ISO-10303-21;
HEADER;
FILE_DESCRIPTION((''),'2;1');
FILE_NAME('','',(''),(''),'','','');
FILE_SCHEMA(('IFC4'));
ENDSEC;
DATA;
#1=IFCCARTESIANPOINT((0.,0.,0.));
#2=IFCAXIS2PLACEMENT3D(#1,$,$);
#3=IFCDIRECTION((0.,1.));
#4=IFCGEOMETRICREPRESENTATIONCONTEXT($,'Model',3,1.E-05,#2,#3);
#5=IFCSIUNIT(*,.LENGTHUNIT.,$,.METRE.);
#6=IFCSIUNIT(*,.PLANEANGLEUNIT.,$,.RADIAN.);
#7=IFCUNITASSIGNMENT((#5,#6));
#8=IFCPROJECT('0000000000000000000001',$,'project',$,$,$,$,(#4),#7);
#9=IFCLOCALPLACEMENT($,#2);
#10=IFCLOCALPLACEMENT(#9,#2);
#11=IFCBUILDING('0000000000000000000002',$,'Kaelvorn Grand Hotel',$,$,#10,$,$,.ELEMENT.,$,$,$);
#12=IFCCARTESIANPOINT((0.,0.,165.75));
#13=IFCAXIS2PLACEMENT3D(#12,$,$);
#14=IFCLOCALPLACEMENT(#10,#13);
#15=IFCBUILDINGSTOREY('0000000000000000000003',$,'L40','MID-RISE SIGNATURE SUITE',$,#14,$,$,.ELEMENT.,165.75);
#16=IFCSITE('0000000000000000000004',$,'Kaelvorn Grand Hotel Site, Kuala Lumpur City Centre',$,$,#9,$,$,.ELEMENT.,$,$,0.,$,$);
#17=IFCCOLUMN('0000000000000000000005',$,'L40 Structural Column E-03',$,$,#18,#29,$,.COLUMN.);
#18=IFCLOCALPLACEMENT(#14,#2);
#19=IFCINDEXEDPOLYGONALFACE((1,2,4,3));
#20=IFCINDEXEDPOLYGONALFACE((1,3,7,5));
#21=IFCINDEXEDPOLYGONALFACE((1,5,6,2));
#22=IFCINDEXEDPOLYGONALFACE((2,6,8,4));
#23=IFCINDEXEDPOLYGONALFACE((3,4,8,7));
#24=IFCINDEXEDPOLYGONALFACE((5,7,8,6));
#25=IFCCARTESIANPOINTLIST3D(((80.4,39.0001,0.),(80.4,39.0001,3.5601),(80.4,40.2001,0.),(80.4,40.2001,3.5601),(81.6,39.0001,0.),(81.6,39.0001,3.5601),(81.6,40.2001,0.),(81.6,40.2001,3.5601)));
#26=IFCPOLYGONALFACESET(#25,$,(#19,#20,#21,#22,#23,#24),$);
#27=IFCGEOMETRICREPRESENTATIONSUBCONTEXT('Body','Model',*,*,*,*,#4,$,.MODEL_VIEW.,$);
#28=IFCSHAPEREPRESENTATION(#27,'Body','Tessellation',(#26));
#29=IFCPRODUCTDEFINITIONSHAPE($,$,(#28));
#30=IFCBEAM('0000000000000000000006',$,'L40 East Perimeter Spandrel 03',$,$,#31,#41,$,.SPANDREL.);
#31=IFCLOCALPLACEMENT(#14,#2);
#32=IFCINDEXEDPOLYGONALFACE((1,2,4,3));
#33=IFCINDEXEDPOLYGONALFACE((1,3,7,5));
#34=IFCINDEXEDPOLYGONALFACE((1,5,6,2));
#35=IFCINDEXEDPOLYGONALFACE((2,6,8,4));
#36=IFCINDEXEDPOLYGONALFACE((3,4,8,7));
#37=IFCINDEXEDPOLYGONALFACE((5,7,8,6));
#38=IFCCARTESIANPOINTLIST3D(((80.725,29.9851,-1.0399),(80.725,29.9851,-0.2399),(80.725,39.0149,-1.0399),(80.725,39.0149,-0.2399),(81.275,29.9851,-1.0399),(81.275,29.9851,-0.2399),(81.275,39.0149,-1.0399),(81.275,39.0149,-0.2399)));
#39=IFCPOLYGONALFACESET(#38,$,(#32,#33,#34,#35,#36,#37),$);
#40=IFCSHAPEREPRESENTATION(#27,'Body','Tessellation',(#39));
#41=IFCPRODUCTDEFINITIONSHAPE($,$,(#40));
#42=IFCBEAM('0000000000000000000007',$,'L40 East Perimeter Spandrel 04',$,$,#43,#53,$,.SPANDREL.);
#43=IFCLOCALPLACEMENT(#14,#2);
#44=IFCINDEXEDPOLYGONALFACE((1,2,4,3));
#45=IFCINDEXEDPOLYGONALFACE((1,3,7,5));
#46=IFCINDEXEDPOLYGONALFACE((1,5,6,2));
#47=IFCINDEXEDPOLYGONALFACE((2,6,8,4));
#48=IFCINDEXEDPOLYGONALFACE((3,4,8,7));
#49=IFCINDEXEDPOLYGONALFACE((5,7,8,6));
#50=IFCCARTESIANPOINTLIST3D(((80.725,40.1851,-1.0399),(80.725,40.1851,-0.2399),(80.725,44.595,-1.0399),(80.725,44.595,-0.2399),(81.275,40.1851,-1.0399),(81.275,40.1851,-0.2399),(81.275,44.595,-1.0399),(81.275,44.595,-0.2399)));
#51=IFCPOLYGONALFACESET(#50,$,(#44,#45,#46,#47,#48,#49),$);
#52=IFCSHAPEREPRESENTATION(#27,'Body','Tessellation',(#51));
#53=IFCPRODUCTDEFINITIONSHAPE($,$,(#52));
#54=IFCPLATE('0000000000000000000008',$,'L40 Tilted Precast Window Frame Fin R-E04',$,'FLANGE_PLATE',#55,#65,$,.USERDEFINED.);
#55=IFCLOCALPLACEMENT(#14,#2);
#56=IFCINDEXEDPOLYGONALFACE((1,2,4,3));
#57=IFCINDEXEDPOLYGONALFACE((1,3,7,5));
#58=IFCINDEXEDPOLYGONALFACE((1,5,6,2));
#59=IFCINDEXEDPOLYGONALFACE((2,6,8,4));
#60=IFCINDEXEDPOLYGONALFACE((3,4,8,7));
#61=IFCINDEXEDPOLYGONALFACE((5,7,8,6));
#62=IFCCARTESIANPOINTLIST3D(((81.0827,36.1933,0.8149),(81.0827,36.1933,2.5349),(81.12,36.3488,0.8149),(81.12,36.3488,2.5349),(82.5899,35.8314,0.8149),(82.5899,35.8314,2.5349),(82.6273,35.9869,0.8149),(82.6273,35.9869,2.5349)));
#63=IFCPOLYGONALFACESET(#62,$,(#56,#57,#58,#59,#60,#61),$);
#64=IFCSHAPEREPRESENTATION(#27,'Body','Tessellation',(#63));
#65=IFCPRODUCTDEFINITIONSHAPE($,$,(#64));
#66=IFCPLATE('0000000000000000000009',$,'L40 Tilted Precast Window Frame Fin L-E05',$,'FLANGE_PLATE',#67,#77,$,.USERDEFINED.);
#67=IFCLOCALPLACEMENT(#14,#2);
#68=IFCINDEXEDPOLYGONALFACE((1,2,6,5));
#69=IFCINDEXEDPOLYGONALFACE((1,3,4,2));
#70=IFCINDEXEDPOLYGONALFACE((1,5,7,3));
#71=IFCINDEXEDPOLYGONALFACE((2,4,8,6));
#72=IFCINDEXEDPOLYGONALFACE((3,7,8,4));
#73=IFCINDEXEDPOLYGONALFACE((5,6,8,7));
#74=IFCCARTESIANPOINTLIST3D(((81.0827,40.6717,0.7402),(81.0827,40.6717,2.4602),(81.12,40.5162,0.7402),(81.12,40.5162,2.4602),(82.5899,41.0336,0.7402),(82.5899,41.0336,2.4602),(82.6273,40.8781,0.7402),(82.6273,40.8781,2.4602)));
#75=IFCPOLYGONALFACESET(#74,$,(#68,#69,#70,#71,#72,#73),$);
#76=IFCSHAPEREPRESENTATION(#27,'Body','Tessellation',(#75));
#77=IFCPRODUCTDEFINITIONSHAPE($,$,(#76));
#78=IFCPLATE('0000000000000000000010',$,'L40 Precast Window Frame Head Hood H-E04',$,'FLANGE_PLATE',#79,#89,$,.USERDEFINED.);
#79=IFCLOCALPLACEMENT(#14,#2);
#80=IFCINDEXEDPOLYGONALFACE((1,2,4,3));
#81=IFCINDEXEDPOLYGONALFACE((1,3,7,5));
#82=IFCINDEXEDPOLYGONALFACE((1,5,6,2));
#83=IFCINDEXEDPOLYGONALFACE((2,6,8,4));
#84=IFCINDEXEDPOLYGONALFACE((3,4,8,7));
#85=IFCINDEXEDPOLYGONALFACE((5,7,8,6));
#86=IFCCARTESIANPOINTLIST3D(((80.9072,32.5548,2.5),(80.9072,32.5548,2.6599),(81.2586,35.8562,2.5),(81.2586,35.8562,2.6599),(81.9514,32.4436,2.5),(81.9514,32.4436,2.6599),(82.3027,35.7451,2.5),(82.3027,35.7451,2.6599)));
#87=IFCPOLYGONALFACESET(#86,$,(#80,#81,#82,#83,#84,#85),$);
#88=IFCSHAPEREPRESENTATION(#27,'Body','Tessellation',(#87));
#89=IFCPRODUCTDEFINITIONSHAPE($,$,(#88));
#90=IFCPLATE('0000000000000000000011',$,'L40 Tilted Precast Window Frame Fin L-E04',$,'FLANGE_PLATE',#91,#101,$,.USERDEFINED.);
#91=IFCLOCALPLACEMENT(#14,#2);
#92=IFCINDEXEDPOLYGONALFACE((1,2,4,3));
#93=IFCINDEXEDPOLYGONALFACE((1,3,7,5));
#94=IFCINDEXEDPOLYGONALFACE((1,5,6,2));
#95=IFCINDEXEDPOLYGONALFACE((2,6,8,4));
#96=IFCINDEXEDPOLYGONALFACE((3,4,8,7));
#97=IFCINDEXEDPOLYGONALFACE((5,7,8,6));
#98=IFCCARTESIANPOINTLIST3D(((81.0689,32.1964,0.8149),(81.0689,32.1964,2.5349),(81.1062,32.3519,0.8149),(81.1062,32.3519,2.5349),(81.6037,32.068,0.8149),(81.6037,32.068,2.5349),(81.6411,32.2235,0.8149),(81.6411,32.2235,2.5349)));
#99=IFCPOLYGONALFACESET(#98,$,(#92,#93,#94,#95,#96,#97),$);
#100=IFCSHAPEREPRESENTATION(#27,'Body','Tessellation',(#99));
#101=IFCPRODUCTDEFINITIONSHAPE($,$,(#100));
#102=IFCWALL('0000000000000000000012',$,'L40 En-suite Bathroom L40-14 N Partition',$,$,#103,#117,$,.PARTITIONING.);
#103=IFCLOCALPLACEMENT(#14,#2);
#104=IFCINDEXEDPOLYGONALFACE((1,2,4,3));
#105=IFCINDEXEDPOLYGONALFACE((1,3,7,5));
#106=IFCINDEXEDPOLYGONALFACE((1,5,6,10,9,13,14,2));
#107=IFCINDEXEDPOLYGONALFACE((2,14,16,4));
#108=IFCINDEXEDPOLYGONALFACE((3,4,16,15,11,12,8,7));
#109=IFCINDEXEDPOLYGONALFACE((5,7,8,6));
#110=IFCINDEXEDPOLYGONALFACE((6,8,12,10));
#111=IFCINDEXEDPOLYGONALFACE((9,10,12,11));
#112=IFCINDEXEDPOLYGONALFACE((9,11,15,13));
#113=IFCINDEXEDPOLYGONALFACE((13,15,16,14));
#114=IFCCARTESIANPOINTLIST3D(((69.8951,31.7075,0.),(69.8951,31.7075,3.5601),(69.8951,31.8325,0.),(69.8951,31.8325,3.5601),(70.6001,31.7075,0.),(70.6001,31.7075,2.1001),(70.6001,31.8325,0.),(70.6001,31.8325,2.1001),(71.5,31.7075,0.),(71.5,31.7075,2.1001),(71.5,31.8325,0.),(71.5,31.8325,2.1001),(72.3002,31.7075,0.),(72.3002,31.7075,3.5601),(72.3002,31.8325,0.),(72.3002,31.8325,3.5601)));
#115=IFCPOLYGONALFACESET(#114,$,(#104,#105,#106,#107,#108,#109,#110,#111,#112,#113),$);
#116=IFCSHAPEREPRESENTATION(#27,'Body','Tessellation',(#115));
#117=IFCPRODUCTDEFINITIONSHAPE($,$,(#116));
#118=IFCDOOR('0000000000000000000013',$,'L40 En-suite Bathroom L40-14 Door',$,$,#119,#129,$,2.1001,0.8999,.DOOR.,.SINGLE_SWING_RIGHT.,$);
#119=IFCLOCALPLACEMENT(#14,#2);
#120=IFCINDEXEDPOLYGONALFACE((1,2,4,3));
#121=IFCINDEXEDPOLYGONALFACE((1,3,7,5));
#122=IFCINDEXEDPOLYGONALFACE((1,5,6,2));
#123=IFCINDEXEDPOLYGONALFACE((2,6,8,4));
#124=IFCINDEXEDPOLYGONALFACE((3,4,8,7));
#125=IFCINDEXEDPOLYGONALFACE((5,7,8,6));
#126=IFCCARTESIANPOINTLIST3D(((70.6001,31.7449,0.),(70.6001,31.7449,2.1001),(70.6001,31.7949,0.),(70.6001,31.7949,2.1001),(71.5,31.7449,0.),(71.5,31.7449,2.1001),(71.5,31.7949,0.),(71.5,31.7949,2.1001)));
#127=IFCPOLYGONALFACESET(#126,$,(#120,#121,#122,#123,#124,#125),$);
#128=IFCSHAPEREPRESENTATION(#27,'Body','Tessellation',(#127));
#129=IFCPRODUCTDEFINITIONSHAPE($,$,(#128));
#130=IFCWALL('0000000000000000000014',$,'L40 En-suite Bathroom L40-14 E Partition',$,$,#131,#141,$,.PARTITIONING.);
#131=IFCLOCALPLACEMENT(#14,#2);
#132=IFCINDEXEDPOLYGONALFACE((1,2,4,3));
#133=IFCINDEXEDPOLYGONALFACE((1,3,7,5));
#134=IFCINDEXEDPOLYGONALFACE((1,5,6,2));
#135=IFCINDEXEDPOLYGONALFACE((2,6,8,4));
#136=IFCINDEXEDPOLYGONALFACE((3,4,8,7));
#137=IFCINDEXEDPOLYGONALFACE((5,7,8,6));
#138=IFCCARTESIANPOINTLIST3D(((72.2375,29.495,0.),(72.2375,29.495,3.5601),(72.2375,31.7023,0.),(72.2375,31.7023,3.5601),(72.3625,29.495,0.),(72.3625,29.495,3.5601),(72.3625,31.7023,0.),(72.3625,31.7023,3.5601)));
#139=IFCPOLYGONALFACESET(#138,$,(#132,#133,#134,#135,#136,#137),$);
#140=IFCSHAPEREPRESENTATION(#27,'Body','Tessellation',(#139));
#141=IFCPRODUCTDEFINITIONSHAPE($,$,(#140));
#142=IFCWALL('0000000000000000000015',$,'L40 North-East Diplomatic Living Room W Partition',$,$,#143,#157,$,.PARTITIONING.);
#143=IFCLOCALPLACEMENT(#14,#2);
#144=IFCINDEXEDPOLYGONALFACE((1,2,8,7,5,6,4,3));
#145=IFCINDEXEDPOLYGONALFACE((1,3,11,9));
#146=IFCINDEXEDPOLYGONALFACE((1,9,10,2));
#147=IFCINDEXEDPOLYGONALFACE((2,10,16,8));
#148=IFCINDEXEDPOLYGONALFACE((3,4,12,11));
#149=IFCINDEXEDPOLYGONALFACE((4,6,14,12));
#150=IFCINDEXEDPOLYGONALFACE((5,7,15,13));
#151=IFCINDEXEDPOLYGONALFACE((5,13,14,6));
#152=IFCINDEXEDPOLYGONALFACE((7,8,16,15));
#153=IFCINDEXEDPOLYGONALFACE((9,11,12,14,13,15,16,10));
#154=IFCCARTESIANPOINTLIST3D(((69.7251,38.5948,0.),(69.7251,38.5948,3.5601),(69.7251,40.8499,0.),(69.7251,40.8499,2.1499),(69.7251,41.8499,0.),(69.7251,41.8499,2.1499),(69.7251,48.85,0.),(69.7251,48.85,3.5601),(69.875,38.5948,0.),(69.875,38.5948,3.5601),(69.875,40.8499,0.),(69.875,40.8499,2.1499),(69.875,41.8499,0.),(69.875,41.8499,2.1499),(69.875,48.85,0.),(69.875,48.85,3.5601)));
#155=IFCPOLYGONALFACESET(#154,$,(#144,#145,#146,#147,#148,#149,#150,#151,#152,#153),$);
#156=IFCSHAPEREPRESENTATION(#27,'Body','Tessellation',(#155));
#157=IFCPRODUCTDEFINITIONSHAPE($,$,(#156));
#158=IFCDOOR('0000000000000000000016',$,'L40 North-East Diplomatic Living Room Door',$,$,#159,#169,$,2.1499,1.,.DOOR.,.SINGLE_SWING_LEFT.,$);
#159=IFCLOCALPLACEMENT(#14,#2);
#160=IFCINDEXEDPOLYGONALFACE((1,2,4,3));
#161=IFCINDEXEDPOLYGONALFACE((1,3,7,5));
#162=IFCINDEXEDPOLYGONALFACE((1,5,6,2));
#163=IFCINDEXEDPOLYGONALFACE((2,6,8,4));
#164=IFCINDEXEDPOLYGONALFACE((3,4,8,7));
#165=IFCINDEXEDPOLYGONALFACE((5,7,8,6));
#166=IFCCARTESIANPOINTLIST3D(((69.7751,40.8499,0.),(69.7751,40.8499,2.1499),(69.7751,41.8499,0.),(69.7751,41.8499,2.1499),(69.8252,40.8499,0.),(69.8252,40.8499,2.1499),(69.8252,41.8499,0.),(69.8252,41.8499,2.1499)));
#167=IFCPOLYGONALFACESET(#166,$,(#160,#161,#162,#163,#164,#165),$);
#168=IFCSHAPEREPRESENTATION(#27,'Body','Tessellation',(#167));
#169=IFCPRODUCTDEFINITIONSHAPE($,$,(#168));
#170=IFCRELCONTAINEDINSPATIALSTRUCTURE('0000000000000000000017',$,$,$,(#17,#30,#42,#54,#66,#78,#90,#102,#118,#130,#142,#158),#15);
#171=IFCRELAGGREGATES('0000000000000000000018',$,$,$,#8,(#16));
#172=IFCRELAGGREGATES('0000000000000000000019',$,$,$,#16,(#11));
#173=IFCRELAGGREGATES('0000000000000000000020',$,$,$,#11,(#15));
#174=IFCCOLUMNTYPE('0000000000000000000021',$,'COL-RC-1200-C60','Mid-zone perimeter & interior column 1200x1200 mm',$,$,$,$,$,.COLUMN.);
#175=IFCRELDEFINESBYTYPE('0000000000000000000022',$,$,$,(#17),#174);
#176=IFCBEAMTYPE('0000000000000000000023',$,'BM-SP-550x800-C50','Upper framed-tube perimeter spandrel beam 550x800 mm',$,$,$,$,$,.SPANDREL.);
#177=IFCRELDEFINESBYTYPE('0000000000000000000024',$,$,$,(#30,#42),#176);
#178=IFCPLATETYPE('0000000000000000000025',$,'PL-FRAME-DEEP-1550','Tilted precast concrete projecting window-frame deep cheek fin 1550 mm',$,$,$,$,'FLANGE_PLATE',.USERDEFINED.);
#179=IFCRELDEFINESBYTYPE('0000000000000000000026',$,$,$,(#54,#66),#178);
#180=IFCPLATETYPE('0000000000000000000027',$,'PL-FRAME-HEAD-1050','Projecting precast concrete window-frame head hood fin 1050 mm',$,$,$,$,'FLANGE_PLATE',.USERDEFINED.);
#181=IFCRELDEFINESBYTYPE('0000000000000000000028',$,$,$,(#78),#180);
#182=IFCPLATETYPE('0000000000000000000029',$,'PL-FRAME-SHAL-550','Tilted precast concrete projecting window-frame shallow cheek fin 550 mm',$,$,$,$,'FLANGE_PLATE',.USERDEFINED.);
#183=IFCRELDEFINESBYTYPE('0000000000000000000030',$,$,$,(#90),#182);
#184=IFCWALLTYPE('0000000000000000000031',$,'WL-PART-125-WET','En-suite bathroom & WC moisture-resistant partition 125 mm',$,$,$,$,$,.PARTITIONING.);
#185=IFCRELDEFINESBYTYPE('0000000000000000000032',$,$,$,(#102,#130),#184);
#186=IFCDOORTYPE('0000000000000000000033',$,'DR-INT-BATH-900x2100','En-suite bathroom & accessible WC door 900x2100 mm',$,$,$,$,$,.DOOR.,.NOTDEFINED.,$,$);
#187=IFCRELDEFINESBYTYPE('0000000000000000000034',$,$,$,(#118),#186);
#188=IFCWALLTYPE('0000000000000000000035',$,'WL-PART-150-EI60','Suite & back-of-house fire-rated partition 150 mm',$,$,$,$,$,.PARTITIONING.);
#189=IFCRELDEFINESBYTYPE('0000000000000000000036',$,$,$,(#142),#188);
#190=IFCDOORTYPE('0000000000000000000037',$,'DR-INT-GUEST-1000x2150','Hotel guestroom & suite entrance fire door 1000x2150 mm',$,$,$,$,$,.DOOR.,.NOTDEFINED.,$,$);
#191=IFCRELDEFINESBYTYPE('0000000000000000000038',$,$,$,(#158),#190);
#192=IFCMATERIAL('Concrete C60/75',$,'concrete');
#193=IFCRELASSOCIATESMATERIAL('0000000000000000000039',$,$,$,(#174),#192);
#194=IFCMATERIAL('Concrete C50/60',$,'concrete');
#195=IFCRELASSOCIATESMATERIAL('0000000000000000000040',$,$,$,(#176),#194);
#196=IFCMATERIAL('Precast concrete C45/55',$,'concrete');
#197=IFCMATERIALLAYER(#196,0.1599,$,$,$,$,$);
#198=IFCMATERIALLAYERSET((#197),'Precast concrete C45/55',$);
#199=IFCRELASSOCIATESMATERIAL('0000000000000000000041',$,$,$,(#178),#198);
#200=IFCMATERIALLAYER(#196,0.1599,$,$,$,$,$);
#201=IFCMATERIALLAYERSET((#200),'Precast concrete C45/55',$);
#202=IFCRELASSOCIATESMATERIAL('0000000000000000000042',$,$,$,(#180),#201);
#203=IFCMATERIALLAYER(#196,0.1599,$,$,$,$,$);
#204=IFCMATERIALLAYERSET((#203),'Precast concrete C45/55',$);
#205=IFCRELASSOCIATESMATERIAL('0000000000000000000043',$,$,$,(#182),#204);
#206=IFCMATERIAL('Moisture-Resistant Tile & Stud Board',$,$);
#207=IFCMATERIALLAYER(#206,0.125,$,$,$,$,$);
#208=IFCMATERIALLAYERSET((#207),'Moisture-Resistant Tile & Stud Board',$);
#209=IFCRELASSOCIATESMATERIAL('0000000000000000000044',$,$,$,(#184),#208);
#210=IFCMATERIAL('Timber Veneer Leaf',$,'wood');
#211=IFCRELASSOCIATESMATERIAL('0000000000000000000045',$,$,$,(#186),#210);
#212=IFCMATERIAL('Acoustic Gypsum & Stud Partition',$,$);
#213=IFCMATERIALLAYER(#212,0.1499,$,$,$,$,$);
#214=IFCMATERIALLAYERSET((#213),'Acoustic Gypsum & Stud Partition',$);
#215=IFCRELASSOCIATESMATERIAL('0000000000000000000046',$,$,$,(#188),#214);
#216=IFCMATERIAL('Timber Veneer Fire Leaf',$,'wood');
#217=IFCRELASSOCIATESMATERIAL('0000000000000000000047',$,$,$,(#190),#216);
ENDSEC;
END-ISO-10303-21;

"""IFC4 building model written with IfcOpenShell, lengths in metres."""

from ifc_helpers import new_model, si_unit, direction, frame, frame_2d, origin, origin_2d, place, context, subcontext, project, spatial, rectangle, extrude, material, layer, layer_set, material_profile, profile_set, type_object, element, fill, save


model = new_model("IFC4")

# Units and contexts
model_context = context("Model", 3, precision=1e-05, world=origin(), true_north=direction((0.0, 1.0)))
body_context = subcontext(model_context, "Body", "Model", "MODEL_VIEW")
ifc_project = project(units=[si_unit("LENGTHUNIT", "METRE"), si_unit("PLANEANGLEUNIT", "RADIAN")], contexts=[model_context])

# Site, building, storey
site_placement = place(None, origin())
site = spatial("IfcSite", under=ifc_project, at=site_placement, Name="Kaelvorn Grand Hotel Site, Kuala Lumpur City Centre", CompositionType="ELEMENT", RefElevation=0.0)
building_placement = place(site_placement, origin())
building = spatial("IfcBuilding", under=site, at=building_placement, Name="Kaelvorn Grand Hotel", CompositionType="ELEMENT")
storey_placement = place(building_placement, frame((0.0, 0.0, 165.75)))
storey = spatial("IfcBuildingStorey", under=building, at=storey_placement, Name="L40", Description="MID-RISE SIGNATURE SUITE", CompositionType="ELEMENT", Elevation=165.75)

# Column
ifc_material_1 = material(Name="Concrete C60/75", Category="concrete")
ifc_material_profile_1 = material_profile(ifc_material_1, rectangle(XDim=1.2, YDim=1.2, at=origin_2d()), Name="RC COL 1200x1200")
ifc_profile_set_1 = profile_set([ifc_material_profile_1], Name="Concrete C60/75")
column_type = type_object("IfcColumnType", Name="COL-RC-1200-C60", Description="Mid-zone perimeter & interior column 1200x1200 mm", PredefinedType="COLUMN", material=ifc_profile_set_1)
column_placement = place(storey_placement, frame((81.0, 39.6001, 0.0), z_axis=(0.0, 0.0, 1.0), x_axis=(1.0, 0.0, 0.0)))
element("IfcColumn", 1, at=column_placement, inside=storey, type_object=column_type, Name="L40 Structural Column E-03", PredefinedType="COLUMN", context=body_context, shape_type="SweptSolid", body=[
    extrude(rectangle(XDim=1.2, YDim=1.2, at=origin_2d()), origin(), (0.0, 0.0, 1.0), 3.5601),
])

# Beams
ifc_material_2 = material(Name="Concrete C50/60", Category="concrete")
ifc_material_profile_2 = material_profile(ifc_material_2, rectangle(XDim=0.55, YDim=0.8, at=origin_2d()), Name="RC SPANDREL 550x800")
ifc_profile_set_2 = profile_set([ifc_material_profile_2], Name="Concrete C50/60")
beam_type = type_object("IfcBeamType", Name="BM-SP-550x800-C50", Description="Upper framed-tube perimeter spandrel beam 550x800 mm", PredefinedType="SPANDREL", material=ifc_profile_set_2)
beam_1_placement = place(storey_placement, frame((81.0, 29.9851, -0.6399), z_axis=(0.0, 1.0, 0.0), x_axis=(-1.0, 0.0, 0.0)))
element("IfcBeam", 2, at=beam_1_placement, inside=storey, type_object=beam_type, Name="L40 East Perimeter Spandrel 03", PredefinedType="SPANDREL", context=body_context, shape_type="SweptSolid", body=[
    extrude(rectangle(XDim=0.55, YDim=0.8, at=origin_2d()), origin(), (0.0, 0.0, 1.0), 9.0298),
])
beam_2_placement = place(storey_placement, frame((81.0, 40.1851, -0.6399), z_axis=(0.0, 1.0, 0.0), x_axis=(-1.0, 0.0, 0.0)))
element("IfcBeam", 3, at=beam_2_placement, inside=storey, type_object=beam_type, Name="L40 East Perimeter Spandrel 04", PredefinedType="SPANDREL", context=body_context, shape_type="SweptSolid", body=[
    extrude(rectangle(XDim=0.55, YDim=0.8, at=origin_2d()), origin(), (0.0, 0.0, 1.0), 4.4099),
])

# Plates
ifc_material_3 = material(Name="Precast concrete C45/55", Category="concrete")
ifc_layer_1 = layer(ifc_material_3, 0.1599)
ifc_layer_set_1 = layer_set([ifc_layer_1], Name="Precast concrete C45/55")
plate_type_1 = type_object("IfcPlateType", Name="PL-FRAME-DEEP-1550", Description="Tilted precast concrete projecting window-frame deep cheek fin 1550 mm", ElementType="FLANGE_PLATE", PredefinedType="USERDEFINED", material=ifc_layer_set_1)
for number, where, z_axis, x_axis, name in (
    (4, (81.855, 36.0901, 0.8149), (0.0, 0.0, 1.0), (0.233445, 0.97237, 0.0), "L40 Tilted Precast Window Frame Fin R-E04"),
    (5, (81.855, 40.7749, 0.7402), (0.0, 0.0, 1.0), (-0.233445, 0.97237, 0.0), "L40 Tilted Precast Window Frame Fin L-E05"),
):
    element("IfcPlate", number, at=place(storey_placement, frame(where, z_axis=z_axis, x_axis=x_axis)), inside=storey, type_object=plate_type_1, Name=name, ObjectType="FLANGE_PLATE", PredefinedType="USERDEFINED", context=body_context, shape_type="SweptSolid", body=[
        extrude(rectangle(XDim=0.1599, YDim=1.55, at=origin_2d()), origin(), (0.0, 0.0, 1.0), 1.72),
    ])
ifc_layer_2 = layer(ifc_material_3, 0.1599)
ifc_layer_set_2 = layer_set([ifc_layer_2], Name="Precast concrete C45/55")
plate_type_2 = type_object("IfcPlateType", Name="PL-FRAME-HEAD-1050", Description="Projecting precast concrete window-frame head hood fin 1050 mm", ElementType="FLANGE_PLATE", PredefinedType="USERDEFINED", material=ifc_layer_set_2)
plate_1_placement = place(storey_placement, frame((81.605, 34.1499, 2.5), z_axis=(0.0, 0.0, 1.0), x_axis=(0.10583, 0.994384, 0.0)))
element("IfcPlate", 6, at=plate_1_placement, inside=storey, type_object=plate_type_2, Name="L40 Precast Window Frame Head Hood H-E04", ObjectType="FLANGE_PLATE", PredefinedType="USERDEFINED", context=body_context, shape_type="SweptSolid", body=[
    extrude(rectangle(XDim=3.3201, YDim=1.05, at=origin_2d()), origin(), (0.0, 0.0, 1.0), 0.1599),
])
ifc_layer_3 = layer(ifc_material_3, 0.1599)
ifc_layer_set_3 = layer_set([ifc_layer_3], Name="Precast concrete C45/55")
plate_type_3 = type_object("IfcPlateType", Name="PL-FRAME-SHAL-550", Description="Tilted precast concrete projecting window-frame shallow cheek fin 550 mm", ElementType="FLANGE_PLATE", PredefinedType="USERDEFINED", material=ifc_layer_set_3)
plate_2_placement = place(storey_placement, frame((81.355, 32.21, 0.8149), z_axis=(0.0, 0.0, 1.0), x_axis=(0.233445, 0.97237, 0.0)))
element("IfcPlate", 7, at=plate_2_placement, inside=storey, type_object=plate_type_3, Name="L40 Tilted Precast Window Frame Fin L-E04", ObjectType="FLANGE_PLATE", PredefinedType="USERDEFINED", context=body_context, shape_type="SweptSolid", body=[
    extrude(rectangle(XDim=0.1599, YDim=0.55, at=origin_2d()), origin(), (0.0, 0.0, 1.0), 1.72),
])

# Wall, opening, door
ifc_material_4 = material(Name="Moisture-Resistant Tile & Stud Board")
ifc_layer_4 = layer(ifc_material_4, 0.125)
ifc_layer_set_4 = layer_set([ifc_layer_4], Name="Moisture-Resistant Tile & Stud Board")
wall_type_1 = type_object("IfcWallType", Name="WL-PART-125-WET", Description="En-suite bathroom & WC moisture-resistant partition 125 mm", PredefinedType="PARTITIONING", material=ifc_layer_set_4)
wall_1_placement = place(storey_placement, frame((69.895, 31.77, 0.0), z_axis=(0.0, 0.0, 1.0), x_axis=(1.0, 0.0, 0.0)))
wall_1 = element("IfcWall", 8, at=wall_1_placement, inside=storey, type_object=wall_type_1, Name="L40 En-suite Bathroom L40-14 N Partition", PredefinedType="PARTITIONING", context=body_context, shape_type="SweptSolid", body=[
    extrude(rectangle(XDim=2.405, YDim=0.125, at=frame_2d((1.2026, 0.0))), origin(), (0.0, 0.0, 1.0), 3.5601),
])
opening_1_placement = place(wall_1_placement, frame((0.7051, 0.0, 0.0)))
opening_1 = element("IfcOpeningElement", 9, at=opening_1_placement, cuts=wall_1, PredefinedType="OPENING", context=body_context, shape_type="SweptSolid", body=[
    extrude(rectangle(XDim=0.8999, YDim=2.1001, at=frame_2d((0.45, 1.05))), frame((0.0, 0.0725, 0.0), z_axis=(0.0, -1.0, 0.0), x_axis=(1.0, 0.0, 0.0)), (0.0, 0.0, 1.0), 0.145),
])
ifc_material_5 = material(Name="Timber Veneer Leaf", Category="wood")
door_type_1 = type_object("IfcDoorType", Name="DR-INT-BATH-900x2100", Description="En-suite bathroom & accessible WC door 900x2100 mm", OperationType="NOTDEFINED", PredefinedType="DOOR", material=ifc_material_5)
door_1_placement = place(opening_1_placement, origin())
door_1 = element("IfcDoor", 10, at=door_1_placement, inside=storey, type_object=door_type_1, Name="L40 En-suite Bathroom L40-14 Door", OperationType="SINGLE_SWING_RIGHT", OverallHeight=2.1001, OverallWidth=0.8999, PredefinedType="DOOR", context=body_context, shape_type="SweptSolid", body=[
    extrude(rectangle(XDim=0.8999, YDim=2.1001, at=frame_2d((0.45, 1.05))), frame((0.0, 0.0249, 0.0), z_axis=(0.0, -1.0, 0.0), x_axis=(1.0, 0.0, 0.0)), (0.0, 0.0, 1.0), 0.05),
])
fill(opening_1, door_1)

# Wall
wall_2_placement = place(storey_placement, frame((72.3, 29.4951, 0.0), z_axis=(0.0, 0.0, 1.0), x_axis=(0.0, 1.0, 0.0)))
element("IfcWall", 11, at=wall_2_placement, inside=storey, type_object=wall_type_1, Name="L40 En-suite Bathroom L40-14 E Partition", PredefinedType="PARTITIONING", context=body_context, shape_type="SweptSolid", body=[
    extrude(rectangle(XDim=2.2073, YDim=0.125, at=frame_2d((1.1035, 0.0))), origin(), (0.0, 0.0, 1.0), 3.5601),
])

# Wall, opening, door
ifc_material_6 = material(Name="Acoustic Gypsum & Stud Partition")
ifc_layer_5 = layer(ifc_material_6, 0.1499)
ifc_layer_set_5 = layer_set([ifc_layer_5], Name="Acoustic Gypsum & Stud Partition")
wall_type_2 = type_object("IfcWallType", Name="WL-PART-150-EI60", Description="Suite & back-of-house fire-rated partition 150 mm", PredefinedType="PARTITIONING", material=ifc_layer_set_5)
wall_3_placement = place(storey_placement, frame((69.8, 38.595, 0.0), z_axis=(0.0, 0.0, 1.0), x_axis=(0.0, 1.0, 0.0)))
wall_3 = element("IfcWall", 12, at=wall_3_placement, inside=storey, type_object=wall_type_2, Name="L40 North-East Diplomatic Living Room W Partition", PredefinedType="PARTITIONING", context=body_context, shape_type="SweptSolid", body=[
    extrude(rectangle(XDim=10.2551, YDim=0.1499, at=frame_2d((5.1274, 0.0))), origin(), (0.0, 0.0, 1.0), 3.5601),
])
opening_2_placement = place(wall_3_placement, frame((2.2549, 0.0, 0.0)))
opening_2 = element("IfcOpeningElement", 13, at=opening_2_placement, cuts=wall_3, PredefinedType="OPENING", context=body_context, shape_type="SweptSolid", body=[
    extrude(rectangle(XDim=1.0, YDim=2.1499, at=frame_2d((0.5, 1.075))), frame((0.0, 0.085, 0.0), z_axis=(0.0, -1.0, 0.0), x_axis=(1.0, 0.0, 0.0)), (0.0, 0.0, 1.0), 0.1699),
])
ifc_material_7 = material(Name="Timber Veneer Fire Leaf", Category="wood")
door_type_2 = type_object("IfcDoorType", Name="DR-INT-GUEST-1000x2150", Description="Hotel guestroom & suite entrance fire door 1000x2150 mm", OperationType="NOTDEFINED", PredefinedType="DOOR", material=ifc_material_7)
door_2_placement = place(opening_2_placement, origin())
door_2 = element("IfcDoor", 14, at=door_2_placement, inside=storey, type_object=door_type_2, Name="L40 North-East Diplomatic Living Room Door", OperationType="SINGLE_SWING_LEFT", OverallHeight=2.1499, OverallWidth=1.0, PredefinedType="DOOR", context=body_context, shape_type="SweptSolid", body=[
    extrude(rectangle(XDim=1.0, YDim=2.1499, at=frame_2d((0.5, 1.075))), frame((0.0, 0.0249, 0.0), z_axis=(0.0, -1.0, 0.0), x_axis=(1.0, 0.0, 0.0)), (0.0, 0.0, 1.0), 0.05),
])
fill(opening_2, door_2)

save(model, "model.ifc")
